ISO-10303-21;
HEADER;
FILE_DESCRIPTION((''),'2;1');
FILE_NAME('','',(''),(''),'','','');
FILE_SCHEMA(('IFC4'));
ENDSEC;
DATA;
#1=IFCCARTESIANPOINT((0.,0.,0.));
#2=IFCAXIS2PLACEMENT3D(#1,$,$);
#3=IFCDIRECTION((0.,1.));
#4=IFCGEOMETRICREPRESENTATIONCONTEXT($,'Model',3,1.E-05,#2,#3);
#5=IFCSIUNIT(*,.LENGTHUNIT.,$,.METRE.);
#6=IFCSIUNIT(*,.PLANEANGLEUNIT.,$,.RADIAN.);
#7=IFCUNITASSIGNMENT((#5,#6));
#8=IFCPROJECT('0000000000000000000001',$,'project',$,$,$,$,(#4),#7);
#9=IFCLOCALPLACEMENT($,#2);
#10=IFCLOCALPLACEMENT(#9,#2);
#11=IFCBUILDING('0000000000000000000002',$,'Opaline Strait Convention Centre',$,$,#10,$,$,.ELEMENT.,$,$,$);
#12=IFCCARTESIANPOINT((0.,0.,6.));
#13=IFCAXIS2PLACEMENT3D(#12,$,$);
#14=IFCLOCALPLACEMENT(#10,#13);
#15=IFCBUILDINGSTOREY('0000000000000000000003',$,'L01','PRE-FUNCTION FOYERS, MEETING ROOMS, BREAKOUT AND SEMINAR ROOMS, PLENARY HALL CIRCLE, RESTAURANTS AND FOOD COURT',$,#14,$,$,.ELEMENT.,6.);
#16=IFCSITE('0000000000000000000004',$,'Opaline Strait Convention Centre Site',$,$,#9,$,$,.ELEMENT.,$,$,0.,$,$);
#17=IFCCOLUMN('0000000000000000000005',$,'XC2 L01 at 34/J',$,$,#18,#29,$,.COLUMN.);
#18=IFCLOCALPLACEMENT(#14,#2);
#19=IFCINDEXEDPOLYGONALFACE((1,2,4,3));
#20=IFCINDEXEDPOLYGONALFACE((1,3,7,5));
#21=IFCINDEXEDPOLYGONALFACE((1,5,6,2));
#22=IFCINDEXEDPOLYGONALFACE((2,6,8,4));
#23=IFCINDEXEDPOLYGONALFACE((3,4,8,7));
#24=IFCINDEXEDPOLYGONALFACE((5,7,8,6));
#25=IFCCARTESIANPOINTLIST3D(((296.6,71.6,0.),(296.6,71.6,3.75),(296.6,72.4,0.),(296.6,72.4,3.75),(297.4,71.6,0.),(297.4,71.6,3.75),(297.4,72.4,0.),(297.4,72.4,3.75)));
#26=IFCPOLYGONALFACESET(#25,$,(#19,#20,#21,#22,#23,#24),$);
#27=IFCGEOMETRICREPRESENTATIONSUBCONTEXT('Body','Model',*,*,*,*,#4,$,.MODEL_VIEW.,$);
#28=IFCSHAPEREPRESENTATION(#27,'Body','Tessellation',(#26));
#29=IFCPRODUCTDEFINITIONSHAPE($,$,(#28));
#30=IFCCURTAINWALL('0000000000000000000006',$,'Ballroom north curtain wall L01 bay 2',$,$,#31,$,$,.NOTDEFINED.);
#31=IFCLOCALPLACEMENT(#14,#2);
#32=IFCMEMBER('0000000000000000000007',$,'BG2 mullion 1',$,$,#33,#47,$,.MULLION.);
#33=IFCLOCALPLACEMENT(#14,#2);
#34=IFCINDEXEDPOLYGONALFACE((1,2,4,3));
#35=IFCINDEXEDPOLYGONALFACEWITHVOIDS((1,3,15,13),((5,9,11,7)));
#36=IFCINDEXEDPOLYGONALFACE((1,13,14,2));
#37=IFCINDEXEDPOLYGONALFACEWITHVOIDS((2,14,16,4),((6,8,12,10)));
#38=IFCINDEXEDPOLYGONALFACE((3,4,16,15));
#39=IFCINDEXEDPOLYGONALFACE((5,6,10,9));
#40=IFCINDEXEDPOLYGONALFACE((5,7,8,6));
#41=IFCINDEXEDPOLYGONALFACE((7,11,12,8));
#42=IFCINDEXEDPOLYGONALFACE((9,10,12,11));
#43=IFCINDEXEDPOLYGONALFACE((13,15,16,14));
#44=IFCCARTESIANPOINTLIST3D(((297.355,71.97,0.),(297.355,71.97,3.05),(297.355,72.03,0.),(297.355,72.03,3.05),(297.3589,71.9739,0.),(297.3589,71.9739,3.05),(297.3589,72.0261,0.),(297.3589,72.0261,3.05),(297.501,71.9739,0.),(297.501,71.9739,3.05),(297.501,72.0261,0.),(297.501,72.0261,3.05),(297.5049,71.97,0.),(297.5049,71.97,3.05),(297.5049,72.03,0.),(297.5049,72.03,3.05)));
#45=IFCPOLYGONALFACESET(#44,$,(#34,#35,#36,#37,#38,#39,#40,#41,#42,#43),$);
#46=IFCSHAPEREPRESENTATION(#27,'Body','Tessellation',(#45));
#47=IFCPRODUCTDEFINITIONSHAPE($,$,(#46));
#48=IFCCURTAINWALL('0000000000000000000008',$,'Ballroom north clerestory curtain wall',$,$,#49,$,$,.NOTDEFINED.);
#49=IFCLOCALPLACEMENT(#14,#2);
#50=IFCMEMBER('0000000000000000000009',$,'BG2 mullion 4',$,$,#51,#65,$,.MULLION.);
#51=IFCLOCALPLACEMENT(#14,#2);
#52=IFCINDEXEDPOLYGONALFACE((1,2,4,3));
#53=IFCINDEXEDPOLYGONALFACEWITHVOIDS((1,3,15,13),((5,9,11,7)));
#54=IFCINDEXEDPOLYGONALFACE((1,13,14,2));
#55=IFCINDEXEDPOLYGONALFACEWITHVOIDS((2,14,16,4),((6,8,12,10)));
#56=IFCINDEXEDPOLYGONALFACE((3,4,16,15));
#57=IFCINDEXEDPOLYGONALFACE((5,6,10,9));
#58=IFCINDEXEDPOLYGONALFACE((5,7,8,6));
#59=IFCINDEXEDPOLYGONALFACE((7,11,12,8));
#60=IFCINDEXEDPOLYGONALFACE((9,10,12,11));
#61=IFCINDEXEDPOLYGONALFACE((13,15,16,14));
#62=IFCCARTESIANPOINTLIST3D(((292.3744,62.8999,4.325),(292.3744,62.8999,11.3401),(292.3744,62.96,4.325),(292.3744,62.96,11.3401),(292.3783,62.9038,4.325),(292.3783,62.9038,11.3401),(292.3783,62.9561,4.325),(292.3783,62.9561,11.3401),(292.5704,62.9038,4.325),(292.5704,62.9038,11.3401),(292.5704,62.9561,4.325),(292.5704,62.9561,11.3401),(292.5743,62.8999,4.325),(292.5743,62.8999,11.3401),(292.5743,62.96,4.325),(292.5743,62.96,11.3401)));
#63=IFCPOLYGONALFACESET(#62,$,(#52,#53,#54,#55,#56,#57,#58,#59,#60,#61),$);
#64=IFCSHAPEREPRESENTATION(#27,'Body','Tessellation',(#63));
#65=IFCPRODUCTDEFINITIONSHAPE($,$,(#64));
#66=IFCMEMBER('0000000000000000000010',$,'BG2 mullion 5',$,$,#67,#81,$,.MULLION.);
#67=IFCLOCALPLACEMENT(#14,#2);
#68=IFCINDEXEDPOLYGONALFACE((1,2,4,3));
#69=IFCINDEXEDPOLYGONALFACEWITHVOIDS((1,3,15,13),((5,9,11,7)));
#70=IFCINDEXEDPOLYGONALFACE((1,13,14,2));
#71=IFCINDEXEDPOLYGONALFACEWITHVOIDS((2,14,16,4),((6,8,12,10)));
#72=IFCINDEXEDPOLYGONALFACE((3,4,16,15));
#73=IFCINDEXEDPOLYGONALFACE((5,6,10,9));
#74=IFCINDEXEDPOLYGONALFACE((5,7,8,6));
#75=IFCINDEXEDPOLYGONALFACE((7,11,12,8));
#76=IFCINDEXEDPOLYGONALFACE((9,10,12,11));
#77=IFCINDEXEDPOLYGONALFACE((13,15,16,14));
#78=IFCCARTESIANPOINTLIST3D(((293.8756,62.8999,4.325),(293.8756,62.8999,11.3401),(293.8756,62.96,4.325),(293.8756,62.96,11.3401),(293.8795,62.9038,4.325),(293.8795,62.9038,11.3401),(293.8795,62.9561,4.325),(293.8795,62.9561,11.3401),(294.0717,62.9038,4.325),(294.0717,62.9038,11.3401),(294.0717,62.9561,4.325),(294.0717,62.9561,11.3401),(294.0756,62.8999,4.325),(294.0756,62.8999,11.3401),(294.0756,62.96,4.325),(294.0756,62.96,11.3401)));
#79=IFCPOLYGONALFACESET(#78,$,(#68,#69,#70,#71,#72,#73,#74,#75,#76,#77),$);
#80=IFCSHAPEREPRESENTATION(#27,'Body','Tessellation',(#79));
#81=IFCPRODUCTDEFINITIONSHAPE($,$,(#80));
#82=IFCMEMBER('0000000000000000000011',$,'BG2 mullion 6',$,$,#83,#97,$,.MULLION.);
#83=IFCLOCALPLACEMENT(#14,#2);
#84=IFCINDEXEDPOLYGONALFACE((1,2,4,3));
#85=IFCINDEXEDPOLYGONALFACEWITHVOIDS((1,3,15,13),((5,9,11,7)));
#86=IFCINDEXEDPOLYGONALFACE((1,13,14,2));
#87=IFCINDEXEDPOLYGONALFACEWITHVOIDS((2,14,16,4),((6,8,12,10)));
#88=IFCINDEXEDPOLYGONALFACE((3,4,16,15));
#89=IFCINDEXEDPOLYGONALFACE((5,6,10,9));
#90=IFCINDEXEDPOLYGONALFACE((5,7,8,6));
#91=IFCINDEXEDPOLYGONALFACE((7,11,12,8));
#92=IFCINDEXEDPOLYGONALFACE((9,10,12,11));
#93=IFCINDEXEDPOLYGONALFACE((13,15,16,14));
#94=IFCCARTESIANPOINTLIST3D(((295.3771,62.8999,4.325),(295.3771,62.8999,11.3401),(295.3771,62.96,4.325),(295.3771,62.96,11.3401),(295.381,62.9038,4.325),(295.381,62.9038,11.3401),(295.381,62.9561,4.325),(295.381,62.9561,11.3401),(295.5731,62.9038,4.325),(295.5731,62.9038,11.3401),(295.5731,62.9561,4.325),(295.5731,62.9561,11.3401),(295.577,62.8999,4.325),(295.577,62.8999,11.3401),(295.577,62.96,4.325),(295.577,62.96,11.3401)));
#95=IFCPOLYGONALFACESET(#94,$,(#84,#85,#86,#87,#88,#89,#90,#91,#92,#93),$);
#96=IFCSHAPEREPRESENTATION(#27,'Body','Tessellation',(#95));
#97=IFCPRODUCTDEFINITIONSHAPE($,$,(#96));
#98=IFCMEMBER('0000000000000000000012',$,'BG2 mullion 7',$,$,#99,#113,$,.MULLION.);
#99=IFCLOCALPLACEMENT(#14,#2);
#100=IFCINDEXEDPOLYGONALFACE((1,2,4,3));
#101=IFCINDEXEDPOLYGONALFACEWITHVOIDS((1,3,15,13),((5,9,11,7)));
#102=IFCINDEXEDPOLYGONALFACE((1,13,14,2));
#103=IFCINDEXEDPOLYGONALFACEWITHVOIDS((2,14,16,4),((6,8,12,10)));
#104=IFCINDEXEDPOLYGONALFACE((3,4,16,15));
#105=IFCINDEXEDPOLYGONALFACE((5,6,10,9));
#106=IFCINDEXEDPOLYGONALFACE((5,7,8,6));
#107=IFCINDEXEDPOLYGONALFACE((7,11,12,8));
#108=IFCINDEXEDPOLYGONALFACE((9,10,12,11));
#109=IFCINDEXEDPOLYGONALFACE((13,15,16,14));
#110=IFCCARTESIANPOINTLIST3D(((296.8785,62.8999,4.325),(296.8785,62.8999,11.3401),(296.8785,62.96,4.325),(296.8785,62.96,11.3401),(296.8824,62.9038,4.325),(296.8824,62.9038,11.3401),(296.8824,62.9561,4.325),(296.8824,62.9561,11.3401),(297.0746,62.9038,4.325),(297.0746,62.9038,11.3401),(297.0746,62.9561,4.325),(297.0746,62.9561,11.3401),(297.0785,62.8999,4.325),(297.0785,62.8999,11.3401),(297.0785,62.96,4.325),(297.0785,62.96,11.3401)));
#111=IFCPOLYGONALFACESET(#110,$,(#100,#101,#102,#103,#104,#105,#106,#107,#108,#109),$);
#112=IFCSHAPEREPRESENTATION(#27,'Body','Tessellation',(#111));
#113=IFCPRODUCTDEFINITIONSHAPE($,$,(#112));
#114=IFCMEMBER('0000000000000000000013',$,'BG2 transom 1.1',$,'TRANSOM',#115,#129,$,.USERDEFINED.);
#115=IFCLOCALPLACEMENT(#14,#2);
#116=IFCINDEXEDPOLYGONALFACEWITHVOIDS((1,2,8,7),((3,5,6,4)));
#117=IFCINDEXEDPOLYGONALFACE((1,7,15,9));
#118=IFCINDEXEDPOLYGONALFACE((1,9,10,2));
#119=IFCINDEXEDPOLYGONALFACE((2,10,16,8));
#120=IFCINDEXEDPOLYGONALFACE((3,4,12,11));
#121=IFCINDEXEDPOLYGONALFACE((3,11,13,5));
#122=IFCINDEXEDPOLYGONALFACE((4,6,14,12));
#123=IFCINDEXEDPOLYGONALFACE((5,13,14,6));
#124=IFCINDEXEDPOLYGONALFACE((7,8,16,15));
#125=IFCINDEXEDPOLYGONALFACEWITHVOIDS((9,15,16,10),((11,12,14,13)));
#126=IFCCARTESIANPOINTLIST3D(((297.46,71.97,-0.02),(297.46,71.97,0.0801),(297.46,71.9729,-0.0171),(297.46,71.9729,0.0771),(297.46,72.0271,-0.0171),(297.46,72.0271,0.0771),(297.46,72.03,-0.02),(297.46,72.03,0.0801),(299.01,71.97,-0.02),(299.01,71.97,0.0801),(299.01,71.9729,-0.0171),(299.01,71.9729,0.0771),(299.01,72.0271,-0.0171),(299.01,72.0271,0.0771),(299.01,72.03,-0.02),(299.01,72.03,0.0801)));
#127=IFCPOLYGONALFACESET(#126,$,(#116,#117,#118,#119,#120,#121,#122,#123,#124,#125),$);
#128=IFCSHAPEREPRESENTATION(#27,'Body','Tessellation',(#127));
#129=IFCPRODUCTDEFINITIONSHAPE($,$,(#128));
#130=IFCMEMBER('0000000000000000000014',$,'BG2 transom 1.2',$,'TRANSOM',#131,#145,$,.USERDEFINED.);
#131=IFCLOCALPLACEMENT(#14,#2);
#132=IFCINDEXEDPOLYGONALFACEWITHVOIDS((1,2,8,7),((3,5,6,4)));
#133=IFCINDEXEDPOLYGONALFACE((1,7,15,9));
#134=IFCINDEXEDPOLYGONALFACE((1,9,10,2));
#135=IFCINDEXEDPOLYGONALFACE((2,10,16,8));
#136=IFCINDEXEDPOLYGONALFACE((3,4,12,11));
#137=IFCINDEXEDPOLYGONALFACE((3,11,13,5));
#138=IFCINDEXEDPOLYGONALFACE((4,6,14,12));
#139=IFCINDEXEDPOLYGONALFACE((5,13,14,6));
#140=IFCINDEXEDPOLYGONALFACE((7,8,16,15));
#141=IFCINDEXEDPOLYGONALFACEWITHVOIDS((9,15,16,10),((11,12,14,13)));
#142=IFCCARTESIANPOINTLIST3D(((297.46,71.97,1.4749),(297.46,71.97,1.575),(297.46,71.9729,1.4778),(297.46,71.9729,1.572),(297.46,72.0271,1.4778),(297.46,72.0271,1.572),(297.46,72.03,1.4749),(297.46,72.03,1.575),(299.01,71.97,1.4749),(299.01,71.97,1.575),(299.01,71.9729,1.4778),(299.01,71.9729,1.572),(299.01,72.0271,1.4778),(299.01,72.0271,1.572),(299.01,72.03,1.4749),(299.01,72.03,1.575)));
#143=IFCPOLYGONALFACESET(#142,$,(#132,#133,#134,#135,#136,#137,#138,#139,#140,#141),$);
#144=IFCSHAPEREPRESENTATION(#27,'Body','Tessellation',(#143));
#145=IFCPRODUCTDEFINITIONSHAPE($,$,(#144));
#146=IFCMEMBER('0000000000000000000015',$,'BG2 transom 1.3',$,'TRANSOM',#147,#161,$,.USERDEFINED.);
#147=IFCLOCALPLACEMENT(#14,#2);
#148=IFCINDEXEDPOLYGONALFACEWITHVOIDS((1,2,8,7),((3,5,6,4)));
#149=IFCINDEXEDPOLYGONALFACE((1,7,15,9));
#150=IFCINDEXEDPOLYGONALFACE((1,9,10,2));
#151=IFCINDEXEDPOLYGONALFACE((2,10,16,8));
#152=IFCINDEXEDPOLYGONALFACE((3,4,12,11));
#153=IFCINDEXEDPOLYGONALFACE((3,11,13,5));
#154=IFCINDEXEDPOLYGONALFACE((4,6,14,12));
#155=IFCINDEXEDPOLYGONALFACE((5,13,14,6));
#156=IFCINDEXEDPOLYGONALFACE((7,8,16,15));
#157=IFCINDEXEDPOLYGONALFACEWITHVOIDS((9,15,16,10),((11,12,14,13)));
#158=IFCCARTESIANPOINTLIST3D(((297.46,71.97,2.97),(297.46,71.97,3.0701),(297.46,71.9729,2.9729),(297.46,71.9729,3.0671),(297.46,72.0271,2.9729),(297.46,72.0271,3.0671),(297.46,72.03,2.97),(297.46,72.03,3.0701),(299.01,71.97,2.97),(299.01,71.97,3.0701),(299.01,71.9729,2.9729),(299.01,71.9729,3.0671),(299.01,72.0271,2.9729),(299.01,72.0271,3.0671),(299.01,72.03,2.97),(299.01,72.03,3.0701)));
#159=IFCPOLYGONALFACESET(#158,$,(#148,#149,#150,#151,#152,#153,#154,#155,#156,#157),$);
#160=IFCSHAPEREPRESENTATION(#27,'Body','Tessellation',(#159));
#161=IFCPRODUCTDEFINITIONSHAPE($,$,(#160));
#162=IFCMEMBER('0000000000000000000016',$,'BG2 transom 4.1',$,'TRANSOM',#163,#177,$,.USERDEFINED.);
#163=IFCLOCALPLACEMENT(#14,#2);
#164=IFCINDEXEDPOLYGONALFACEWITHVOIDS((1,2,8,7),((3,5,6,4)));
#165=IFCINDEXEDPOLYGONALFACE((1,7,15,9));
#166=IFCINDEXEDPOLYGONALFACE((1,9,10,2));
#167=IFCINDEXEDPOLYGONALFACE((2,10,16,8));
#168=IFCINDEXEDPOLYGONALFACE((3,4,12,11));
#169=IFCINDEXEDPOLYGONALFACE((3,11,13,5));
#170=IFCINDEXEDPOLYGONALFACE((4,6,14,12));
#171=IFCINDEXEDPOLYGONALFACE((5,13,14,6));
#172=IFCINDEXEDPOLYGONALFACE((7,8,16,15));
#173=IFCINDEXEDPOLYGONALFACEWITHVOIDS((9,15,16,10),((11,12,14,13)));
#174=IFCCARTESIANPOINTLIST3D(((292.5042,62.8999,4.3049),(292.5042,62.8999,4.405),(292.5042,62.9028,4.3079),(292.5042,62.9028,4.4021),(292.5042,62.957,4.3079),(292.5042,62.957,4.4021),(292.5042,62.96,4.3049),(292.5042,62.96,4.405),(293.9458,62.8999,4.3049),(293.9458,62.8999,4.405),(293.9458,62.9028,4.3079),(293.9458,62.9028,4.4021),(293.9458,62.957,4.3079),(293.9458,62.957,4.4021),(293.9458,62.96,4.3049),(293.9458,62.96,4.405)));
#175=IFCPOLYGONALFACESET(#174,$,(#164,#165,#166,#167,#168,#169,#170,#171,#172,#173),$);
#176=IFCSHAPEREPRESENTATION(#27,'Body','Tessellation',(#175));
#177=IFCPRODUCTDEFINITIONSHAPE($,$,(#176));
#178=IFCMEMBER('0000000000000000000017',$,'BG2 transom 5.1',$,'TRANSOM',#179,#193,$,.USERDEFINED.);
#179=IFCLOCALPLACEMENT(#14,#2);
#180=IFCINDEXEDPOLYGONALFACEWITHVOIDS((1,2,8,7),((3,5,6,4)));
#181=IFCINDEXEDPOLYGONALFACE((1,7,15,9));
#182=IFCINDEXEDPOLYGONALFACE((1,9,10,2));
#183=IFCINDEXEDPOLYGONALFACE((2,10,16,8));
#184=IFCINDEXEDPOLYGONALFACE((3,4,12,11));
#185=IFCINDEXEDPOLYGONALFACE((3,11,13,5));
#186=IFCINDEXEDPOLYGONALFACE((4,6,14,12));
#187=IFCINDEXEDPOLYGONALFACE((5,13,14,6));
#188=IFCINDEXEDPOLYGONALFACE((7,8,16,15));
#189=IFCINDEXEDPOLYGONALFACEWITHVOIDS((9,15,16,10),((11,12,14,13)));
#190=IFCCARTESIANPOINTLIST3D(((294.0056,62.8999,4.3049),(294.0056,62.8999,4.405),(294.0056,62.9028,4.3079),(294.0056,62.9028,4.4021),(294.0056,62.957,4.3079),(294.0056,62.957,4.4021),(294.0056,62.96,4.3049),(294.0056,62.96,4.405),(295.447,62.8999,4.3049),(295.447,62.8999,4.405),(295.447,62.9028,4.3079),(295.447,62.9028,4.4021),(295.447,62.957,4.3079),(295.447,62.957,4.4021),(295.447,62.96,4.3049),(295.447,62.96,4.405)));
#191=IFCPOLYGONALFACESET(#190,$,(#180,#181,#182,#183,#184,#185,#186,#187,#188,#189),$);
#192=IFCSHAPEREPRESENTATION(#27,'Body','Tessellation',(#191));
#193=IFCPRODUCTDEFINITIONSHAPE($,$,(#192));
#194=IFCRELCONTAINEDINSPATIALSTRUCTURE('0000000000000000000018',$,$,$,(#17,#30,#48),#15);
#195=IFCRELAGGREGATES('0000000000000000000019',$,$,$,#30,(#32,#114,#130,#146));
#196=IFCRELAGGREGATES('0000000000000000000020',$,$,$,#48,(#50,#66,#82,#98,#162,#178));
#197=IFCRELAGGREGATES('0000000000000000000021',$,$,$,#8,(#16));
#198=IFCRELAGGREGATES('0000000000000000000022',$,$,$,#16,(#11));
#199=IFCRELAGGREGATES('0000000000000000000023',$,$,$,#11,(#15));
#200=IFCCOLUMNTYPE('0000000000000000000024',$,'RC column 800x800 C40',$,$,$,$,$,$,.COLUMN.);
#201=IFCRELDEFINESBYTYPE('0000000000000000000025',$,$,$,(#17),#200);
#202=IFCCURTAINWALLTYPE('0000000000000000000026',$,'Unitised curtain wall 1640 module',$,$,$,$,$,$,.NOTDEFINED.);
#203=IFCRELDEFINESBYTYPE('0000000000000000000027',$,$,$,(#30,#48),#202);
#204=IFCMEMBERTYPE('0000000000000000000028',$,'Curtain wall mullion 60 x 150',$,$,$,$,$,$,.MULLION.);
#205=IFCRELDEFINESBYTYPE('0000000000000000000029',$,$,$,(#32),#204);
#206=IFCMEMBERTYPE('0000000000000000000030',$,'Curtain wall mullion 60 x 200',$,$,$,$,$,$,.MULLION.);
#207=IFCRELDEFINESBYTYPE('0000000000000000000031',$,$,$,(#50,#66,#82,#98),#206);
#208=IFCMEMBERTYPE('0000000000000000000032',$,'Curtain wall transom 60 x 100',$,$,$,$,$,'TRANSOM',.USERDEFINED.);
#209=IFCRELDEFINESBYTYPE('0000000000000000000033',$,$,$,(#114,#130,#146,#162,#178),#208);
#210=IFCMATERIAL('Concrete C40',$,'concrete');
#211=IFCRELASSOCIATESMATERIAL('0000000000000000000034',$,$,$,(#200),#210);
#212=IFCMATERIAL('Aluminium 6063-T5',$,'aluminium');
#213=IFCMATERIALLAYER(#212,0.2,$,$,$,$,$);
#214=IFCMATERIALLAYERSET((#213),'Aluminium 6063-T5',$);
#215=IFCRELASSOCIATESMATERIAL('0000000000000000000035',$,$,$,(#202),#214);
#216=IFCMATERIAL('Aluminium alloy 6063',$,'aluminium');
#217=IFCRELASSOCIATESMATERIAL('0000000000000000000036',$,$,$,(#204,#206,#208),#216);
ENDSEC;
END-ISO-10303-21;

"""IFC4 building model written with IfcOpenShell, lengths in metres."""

from ifc_helpers import new_model, si_unit, direction, frame, origin, origin_2d, place, context, subcontext, project, spatial, rectangle, hollow_rectangle, extrude, material, layer, layer_set, material_profile, profile_set, type_object, element, aggregate, save


model = new_model("IFC4")

# Units and contexts
model_context = context("Model", 3, precision=1e-05, world=origin(), true_north=direction((0.0, 1.0)))
body_context = subcontext(model_context, "Body", "Model", "MODEL_VIEW")
ifc_project = project(units=[si_unit("LENGTHUNIT", "METRE"), si_unit("PLANEANGLEUNIT", "RADIAN")], contexts=[model_context])

# Site, building, storey
site_placement = place(None, origin())
site = spatial("IfcSite", under=ifc_project, at=site_placement, Name="Opaline Strait Convention Centre Site", CompositionType="ELEMENT", RefElevation=0.0)
building_placement = place(site_placement, origin())
building = spatial("IfcBuilding", under=site, at=building_placement, Name="Opaline Strait Convention Centre", CompositionType="ELEMENT")
storey_placement = place(building_placement, frame((0.0, 0.0, 6.0)))
storey = spatial("IfcBuildingStorey", under=building, at=storey_placement, Name="L01", Description="PRE-FUNCTION FOYERS, MEETING ROOMS, BREAKOUT AND SEMINAR ROOMS, PLENARY HALL CIRCLE, RESTAURANTS AND FOOD COURT", CompositionType="ELEMENT", Elevation=6.0)

# Column
ifc_material_1 = material(Name="Concrete C40", Category="concrete")
ifc_material_profile_1 = material_profile(ifc_material_1, rectangle(XDim=0.8, YDim=0.8, at=origin_2d()), Name="RC 800x800")
ifc_profile_set_1 = profile_set([ifc_material_profile_1], Name="Concrete C40")
column_type = type_object("IfcColumnType", Name="RC column 800x800 C40", PredefinedType="COLUMN", material=ifc_profile_set_1)
column_placement = place(storey_placement, frame((297.0, 72.0, 0.0), z_axis=(0.0, 0.0, 1.0), x_axis=(1.0, 0.0, 0.0)))
element("IfcColumn", 1, at=column_placement, inside=storey, type_object=column_type, Name="XC2 L01 at 34/J", PredefinedType="COLUMN", context=body_context, shape_type="SweptSolid", body=[
    extrude(rectangle(XDim=0.8, YDim=0.8, at=origin_2d()), origin(), (0.0, 0.0, 1.0), 3.75),
])

# Curtain wall, member
ifc_material_2 = material(Name="Aluminium 6063-T5", Category="aluminium")
ifc_layer_1 = layer(ifc_material_2, 0.2)
ifc_layer_set_1 = layer_set([ifc_layer_1], Name="Aluminium 6063-T5")
curtain_wall_type = type_object("IfcCurtainWallType", Name="Unitised curtain wall 1640 module", PredefinedType="NOTDEFINED", material=ifc_layer_set_1)
curtain_wall_1_placement = place(storey_placement, origin())
curtain_wall_1 = element("IfcCurtainWall", 2, at=curtain_wall_1_placement, inside=storey, type_object=curtain_wall_type, Name="Ballroom north curtain wall L01 bay 2", PredefinedType="NOTDEFINED")
ifc_material_3 = material(Name="Aluminium alloy 6063", Category="aluminium")
ifc_material_profile_2 = material_profile(ifc_material_3, hollow_rectangle(XDim=0.0601, YDim=0.1499, WallThickness=0.0039, at=origin_2d()), Name="MULLION 60x150x4")
ifc_profile_set_2 = profile_set([ifc_material_profile_2], Name="Aluminium alloy 6063")
member_type_1 = type_object("IfcMemberType", Name="Curtain wall mullion 60 x 150", PredefinedType="MULLION", material=ifc_profile_set_2)
member_1_placement = place(storey_placement, frame((297.4299, 72.0, 0.0), z_axis=(0.0, 0.0, 1.0), x_axis=(0.0, 1.0, 0.0)))
member_1 = element("IfcMember", 3, at=member_1_placement, type_object=member_type_1, Name="BG2 mullion 1", PredefinedType="MULLION", context=body_context, shape_type="SweptSolid", body=[
    extrude(hollow_rectangle(XDim=0.0601, YDim=0.1499, WallThickness=0.0039, at=origin_2d()), origin(), (0.0, 0.0, 1.0), 3.05),
])

# Curtain wall, members
curtain_wall_2_placement = place(storey_placement, origin())
curtain_wall_2 = element("IfcCurtainWall", 4, at=curtain_wall_2_placement, inside=storey, type_object=curtain_wall_type, Name="Ballroom north clerestory curtain wall", PredefinedType="NOTDEFINED")
ifc_material_profile_3 = material_profile(ifc_material_3, hollow_rectangle(XDim=0.0601, YDim=0.2, WallThickness=0.0039, at=origin_2d()), Name="MULLION 60x200x4")
ifc_profile_set_3 = profile_set([ifc_material_profile_3], Name="Aluminium alloy 6063")
member_type_2 = type_object("IfcMemberType", Name="Curtain wall mullion 60 x 200", PredefinedType="MULLION", material=ifc_profile_set_3)
member_2_placement = place(storey_placement, frame((292.4744, 62.9299, 4.325), z_axis=(0.0, 0.0, 1.0), x_axis=(0.0, 1.0, 0.0)))
member_2 = element("IfcMember", 5, at=member_2_placement, type_object=member_type_2, Name="BG2 mullion 4", PredefinedType="MULLION", context=body_context, shape_type="SweptSolid", body=[
    extrude(hollow_rectangle(XDim=0.0601, YDim=0.2, WallThickness=0.0039, at=origin_2d()), origin(), (0.0, 0.0, 1.0), 7.0151),
])
member_3_placement = place(storey_placement, frame((293.9756, 62.9299, 4.325), z_axis=(0.0, 0.0, 1.0), x_axis=(0.0, 1.0, 0.0)))
member_3 = element("IfcMember", 6, at=member_3_placement, type_object=member_type_2, Name="BG2 mullion 5", PredefinedType="MULLION", context=body_context, shape_type="SweptSolid", body=[
    extrude(hollow_rectangle(XDim=0.0601, YDim=0.2, WallThickness=0.0039, at=origin_2d()), origin(), (0.0, 0.0, 1.0), 7.0151),
])
member_4_placement = place(storey_placement, frame((295.4771, 62.9299, 4.325), z_axis=(0.0, 0.0, 1.0), x_axis=(0.0, 1.0, 0.0)))
member_4 = element("IfcMember", 7, at=member_4_placement, type_object=member_type_2, Name="BG2 mullion 6", PredefinedType="MULLION", context=body_context, shape_type="SweptSolid", body=[
    extrude(hollow_rectangle(XDim=0.0601, YDim=0.2, WallThickness=0.0039, at=origin_2d()), origin(), (0.0, 0.0, 1.0), 7.0151),
])
member_5_placement = place(storey_placement, frame((296.9785, 62.9299, 4.325), z_axis=(0.0, 0.0, 1.0), x_axis=(0.0, 1.0, 0.0)))
member_5 = element("IfcMember", 8, at=member_5_placement, type_object=member_type_2, Name="BG2 mullion 7", PredefinedType="MULLION", context=body_context, shape_type="SweptSolid", body=[
    extrude(hollow_rectangle(XDim=0.0601, YDim=0.2, WallThickness=0.0039, at=origin_2d()), origin(), (0.0, 0.0, 1.0), 7.0151),
])

# Members
ifc_material_profile_4 = material_profile(ifc_material_3, hollow_rectangle(XDim=0.0601, YDim=0.1001, WallThickness=0.0029, at=origin_2d()), Name="TRANSOM 60x100x3")
ifc_profile_set_4 = profile_set([ifc_material_profile_4], Name="Aluminium alloy 6063")
member_type_3 = type_object("IfcMemberType", Name="Curtain wall transom 60 x 100", ElementType="TRANSOM", PredefinedType="USERDEFINED", material=ifc_profile_set_4)
member_6_placement = place(storey_placement, frame((297.46, 72.0, 0.03), z_axis=(1.0, 0.0, 0.0), x_axis=(0.0, 1.0, 0.0)))
member_6 = element("IfcMember", 9, at=member_6_placement, type_object=member_type_3, Name="BG2 transom 1.1", ObjectType="TRANSOM", PredefinedType="USERDEFINED", context=body_context, shape_type="SweptSolid", body=[
    extrude(hollow_rectangle(XDim=0.0601, YDim=0.1001, WallThickness=0.0029, at=origin_2d()), origin(), (0.0, 0.0, 1.0), 1.55),
])
member_7_placement = place(storey_placement, frame((297.46, 72.0, 1.5249), z_axis=(1.0, 0.0, 0.0), x_axis=(0.0, 1.0, 0.0)))
member_7 = element("IfcMember", 10, at=member_7_placement, type_object=member_type_3, Name="BG2 transom 1.2", ObjectType="TRANSOM", PredefinedType="USERDEFINED", context=body_context, shape_type="SweptSolid", body=[
    extrude(hollow_rectangle(XDim=0.0601, YDim=0.1001, WallThickness=0.0029, at=origin_2d()), origin(), (0.0, 0.0, 1.0), 1.55),
])
member_8_placement = place(storey_placement, frame((297.46, 72.0, 3.02), z_axis=(1.0, 0.0, 0.0), x_axis=(0.0, 1.0, 0.0)))
member_8 = element("IfcMember", 11, at=member_8_placement, type_object=member_type_3, Name="BG2 transom 1.3", ObjectType="TRANSOM", PredefinedType="USERDEFINED", context=body_context, shape_type="SweptSolid", body=[
    extrude(hollow_rectangle(XDim=0.0601, YDim=0.1001, WallThickness=0.0029, at=origin_2d()), origin(), (0.0, 0.0, 1.0), 1.55),
])
member_9_placement = place(storey_placement, frame((292.5042, 62.9299, 4.355), z_axis=(1.0, 0.0, 0.0), x_axis=(0.0, 1.0, 0.0)))
member_9 = element("IfcMember", 12, at=member_9_placement, type_object=member_type_3, Name="BG2 transom 4.1", ObjectType="TRANSOM", PredefinedType="USERDEFINED", context=body_context, shape_type="SweptSolid", body=[
    extrude(hollow_rectangle(XDim=0.0601, YDim=0.1001, WallThickness=0.0029, at=origin_2d()), origin(), (0.0, 0.0, 1.0), 1.4417),
])
member_10_placement = place(storey_placement, frame((294.0056, 62.9299, 4.355), z_axis=(1.0, 0.0, 0.0), x_axis=(0.0, 1.0, 0.0)))
member_10 = element("IfcMember", 13, at=member_10_placement, type_object=member_type_3, Name="BG2 transom 5.1", ObjectType="TRANSOM", PredefinedType="USERDEFINED", context=body_context, shape_type="SweptSolid", body=[
    extrude(hollow_rectangle(XDim=0.0601, YDim=0.1001, WallThickness=0.0029, at=origin_2d()), origin(), (0.0, 0.0, 1.0), 1.4414),
])

aggregate(curtain_wall_1, [member_1, member_6, member_7, member_8])
aggregate(curtain_wall_2, [member_2, member_3, member_4, member_5, member_9, member_10])

save(model, "model.ifc")
